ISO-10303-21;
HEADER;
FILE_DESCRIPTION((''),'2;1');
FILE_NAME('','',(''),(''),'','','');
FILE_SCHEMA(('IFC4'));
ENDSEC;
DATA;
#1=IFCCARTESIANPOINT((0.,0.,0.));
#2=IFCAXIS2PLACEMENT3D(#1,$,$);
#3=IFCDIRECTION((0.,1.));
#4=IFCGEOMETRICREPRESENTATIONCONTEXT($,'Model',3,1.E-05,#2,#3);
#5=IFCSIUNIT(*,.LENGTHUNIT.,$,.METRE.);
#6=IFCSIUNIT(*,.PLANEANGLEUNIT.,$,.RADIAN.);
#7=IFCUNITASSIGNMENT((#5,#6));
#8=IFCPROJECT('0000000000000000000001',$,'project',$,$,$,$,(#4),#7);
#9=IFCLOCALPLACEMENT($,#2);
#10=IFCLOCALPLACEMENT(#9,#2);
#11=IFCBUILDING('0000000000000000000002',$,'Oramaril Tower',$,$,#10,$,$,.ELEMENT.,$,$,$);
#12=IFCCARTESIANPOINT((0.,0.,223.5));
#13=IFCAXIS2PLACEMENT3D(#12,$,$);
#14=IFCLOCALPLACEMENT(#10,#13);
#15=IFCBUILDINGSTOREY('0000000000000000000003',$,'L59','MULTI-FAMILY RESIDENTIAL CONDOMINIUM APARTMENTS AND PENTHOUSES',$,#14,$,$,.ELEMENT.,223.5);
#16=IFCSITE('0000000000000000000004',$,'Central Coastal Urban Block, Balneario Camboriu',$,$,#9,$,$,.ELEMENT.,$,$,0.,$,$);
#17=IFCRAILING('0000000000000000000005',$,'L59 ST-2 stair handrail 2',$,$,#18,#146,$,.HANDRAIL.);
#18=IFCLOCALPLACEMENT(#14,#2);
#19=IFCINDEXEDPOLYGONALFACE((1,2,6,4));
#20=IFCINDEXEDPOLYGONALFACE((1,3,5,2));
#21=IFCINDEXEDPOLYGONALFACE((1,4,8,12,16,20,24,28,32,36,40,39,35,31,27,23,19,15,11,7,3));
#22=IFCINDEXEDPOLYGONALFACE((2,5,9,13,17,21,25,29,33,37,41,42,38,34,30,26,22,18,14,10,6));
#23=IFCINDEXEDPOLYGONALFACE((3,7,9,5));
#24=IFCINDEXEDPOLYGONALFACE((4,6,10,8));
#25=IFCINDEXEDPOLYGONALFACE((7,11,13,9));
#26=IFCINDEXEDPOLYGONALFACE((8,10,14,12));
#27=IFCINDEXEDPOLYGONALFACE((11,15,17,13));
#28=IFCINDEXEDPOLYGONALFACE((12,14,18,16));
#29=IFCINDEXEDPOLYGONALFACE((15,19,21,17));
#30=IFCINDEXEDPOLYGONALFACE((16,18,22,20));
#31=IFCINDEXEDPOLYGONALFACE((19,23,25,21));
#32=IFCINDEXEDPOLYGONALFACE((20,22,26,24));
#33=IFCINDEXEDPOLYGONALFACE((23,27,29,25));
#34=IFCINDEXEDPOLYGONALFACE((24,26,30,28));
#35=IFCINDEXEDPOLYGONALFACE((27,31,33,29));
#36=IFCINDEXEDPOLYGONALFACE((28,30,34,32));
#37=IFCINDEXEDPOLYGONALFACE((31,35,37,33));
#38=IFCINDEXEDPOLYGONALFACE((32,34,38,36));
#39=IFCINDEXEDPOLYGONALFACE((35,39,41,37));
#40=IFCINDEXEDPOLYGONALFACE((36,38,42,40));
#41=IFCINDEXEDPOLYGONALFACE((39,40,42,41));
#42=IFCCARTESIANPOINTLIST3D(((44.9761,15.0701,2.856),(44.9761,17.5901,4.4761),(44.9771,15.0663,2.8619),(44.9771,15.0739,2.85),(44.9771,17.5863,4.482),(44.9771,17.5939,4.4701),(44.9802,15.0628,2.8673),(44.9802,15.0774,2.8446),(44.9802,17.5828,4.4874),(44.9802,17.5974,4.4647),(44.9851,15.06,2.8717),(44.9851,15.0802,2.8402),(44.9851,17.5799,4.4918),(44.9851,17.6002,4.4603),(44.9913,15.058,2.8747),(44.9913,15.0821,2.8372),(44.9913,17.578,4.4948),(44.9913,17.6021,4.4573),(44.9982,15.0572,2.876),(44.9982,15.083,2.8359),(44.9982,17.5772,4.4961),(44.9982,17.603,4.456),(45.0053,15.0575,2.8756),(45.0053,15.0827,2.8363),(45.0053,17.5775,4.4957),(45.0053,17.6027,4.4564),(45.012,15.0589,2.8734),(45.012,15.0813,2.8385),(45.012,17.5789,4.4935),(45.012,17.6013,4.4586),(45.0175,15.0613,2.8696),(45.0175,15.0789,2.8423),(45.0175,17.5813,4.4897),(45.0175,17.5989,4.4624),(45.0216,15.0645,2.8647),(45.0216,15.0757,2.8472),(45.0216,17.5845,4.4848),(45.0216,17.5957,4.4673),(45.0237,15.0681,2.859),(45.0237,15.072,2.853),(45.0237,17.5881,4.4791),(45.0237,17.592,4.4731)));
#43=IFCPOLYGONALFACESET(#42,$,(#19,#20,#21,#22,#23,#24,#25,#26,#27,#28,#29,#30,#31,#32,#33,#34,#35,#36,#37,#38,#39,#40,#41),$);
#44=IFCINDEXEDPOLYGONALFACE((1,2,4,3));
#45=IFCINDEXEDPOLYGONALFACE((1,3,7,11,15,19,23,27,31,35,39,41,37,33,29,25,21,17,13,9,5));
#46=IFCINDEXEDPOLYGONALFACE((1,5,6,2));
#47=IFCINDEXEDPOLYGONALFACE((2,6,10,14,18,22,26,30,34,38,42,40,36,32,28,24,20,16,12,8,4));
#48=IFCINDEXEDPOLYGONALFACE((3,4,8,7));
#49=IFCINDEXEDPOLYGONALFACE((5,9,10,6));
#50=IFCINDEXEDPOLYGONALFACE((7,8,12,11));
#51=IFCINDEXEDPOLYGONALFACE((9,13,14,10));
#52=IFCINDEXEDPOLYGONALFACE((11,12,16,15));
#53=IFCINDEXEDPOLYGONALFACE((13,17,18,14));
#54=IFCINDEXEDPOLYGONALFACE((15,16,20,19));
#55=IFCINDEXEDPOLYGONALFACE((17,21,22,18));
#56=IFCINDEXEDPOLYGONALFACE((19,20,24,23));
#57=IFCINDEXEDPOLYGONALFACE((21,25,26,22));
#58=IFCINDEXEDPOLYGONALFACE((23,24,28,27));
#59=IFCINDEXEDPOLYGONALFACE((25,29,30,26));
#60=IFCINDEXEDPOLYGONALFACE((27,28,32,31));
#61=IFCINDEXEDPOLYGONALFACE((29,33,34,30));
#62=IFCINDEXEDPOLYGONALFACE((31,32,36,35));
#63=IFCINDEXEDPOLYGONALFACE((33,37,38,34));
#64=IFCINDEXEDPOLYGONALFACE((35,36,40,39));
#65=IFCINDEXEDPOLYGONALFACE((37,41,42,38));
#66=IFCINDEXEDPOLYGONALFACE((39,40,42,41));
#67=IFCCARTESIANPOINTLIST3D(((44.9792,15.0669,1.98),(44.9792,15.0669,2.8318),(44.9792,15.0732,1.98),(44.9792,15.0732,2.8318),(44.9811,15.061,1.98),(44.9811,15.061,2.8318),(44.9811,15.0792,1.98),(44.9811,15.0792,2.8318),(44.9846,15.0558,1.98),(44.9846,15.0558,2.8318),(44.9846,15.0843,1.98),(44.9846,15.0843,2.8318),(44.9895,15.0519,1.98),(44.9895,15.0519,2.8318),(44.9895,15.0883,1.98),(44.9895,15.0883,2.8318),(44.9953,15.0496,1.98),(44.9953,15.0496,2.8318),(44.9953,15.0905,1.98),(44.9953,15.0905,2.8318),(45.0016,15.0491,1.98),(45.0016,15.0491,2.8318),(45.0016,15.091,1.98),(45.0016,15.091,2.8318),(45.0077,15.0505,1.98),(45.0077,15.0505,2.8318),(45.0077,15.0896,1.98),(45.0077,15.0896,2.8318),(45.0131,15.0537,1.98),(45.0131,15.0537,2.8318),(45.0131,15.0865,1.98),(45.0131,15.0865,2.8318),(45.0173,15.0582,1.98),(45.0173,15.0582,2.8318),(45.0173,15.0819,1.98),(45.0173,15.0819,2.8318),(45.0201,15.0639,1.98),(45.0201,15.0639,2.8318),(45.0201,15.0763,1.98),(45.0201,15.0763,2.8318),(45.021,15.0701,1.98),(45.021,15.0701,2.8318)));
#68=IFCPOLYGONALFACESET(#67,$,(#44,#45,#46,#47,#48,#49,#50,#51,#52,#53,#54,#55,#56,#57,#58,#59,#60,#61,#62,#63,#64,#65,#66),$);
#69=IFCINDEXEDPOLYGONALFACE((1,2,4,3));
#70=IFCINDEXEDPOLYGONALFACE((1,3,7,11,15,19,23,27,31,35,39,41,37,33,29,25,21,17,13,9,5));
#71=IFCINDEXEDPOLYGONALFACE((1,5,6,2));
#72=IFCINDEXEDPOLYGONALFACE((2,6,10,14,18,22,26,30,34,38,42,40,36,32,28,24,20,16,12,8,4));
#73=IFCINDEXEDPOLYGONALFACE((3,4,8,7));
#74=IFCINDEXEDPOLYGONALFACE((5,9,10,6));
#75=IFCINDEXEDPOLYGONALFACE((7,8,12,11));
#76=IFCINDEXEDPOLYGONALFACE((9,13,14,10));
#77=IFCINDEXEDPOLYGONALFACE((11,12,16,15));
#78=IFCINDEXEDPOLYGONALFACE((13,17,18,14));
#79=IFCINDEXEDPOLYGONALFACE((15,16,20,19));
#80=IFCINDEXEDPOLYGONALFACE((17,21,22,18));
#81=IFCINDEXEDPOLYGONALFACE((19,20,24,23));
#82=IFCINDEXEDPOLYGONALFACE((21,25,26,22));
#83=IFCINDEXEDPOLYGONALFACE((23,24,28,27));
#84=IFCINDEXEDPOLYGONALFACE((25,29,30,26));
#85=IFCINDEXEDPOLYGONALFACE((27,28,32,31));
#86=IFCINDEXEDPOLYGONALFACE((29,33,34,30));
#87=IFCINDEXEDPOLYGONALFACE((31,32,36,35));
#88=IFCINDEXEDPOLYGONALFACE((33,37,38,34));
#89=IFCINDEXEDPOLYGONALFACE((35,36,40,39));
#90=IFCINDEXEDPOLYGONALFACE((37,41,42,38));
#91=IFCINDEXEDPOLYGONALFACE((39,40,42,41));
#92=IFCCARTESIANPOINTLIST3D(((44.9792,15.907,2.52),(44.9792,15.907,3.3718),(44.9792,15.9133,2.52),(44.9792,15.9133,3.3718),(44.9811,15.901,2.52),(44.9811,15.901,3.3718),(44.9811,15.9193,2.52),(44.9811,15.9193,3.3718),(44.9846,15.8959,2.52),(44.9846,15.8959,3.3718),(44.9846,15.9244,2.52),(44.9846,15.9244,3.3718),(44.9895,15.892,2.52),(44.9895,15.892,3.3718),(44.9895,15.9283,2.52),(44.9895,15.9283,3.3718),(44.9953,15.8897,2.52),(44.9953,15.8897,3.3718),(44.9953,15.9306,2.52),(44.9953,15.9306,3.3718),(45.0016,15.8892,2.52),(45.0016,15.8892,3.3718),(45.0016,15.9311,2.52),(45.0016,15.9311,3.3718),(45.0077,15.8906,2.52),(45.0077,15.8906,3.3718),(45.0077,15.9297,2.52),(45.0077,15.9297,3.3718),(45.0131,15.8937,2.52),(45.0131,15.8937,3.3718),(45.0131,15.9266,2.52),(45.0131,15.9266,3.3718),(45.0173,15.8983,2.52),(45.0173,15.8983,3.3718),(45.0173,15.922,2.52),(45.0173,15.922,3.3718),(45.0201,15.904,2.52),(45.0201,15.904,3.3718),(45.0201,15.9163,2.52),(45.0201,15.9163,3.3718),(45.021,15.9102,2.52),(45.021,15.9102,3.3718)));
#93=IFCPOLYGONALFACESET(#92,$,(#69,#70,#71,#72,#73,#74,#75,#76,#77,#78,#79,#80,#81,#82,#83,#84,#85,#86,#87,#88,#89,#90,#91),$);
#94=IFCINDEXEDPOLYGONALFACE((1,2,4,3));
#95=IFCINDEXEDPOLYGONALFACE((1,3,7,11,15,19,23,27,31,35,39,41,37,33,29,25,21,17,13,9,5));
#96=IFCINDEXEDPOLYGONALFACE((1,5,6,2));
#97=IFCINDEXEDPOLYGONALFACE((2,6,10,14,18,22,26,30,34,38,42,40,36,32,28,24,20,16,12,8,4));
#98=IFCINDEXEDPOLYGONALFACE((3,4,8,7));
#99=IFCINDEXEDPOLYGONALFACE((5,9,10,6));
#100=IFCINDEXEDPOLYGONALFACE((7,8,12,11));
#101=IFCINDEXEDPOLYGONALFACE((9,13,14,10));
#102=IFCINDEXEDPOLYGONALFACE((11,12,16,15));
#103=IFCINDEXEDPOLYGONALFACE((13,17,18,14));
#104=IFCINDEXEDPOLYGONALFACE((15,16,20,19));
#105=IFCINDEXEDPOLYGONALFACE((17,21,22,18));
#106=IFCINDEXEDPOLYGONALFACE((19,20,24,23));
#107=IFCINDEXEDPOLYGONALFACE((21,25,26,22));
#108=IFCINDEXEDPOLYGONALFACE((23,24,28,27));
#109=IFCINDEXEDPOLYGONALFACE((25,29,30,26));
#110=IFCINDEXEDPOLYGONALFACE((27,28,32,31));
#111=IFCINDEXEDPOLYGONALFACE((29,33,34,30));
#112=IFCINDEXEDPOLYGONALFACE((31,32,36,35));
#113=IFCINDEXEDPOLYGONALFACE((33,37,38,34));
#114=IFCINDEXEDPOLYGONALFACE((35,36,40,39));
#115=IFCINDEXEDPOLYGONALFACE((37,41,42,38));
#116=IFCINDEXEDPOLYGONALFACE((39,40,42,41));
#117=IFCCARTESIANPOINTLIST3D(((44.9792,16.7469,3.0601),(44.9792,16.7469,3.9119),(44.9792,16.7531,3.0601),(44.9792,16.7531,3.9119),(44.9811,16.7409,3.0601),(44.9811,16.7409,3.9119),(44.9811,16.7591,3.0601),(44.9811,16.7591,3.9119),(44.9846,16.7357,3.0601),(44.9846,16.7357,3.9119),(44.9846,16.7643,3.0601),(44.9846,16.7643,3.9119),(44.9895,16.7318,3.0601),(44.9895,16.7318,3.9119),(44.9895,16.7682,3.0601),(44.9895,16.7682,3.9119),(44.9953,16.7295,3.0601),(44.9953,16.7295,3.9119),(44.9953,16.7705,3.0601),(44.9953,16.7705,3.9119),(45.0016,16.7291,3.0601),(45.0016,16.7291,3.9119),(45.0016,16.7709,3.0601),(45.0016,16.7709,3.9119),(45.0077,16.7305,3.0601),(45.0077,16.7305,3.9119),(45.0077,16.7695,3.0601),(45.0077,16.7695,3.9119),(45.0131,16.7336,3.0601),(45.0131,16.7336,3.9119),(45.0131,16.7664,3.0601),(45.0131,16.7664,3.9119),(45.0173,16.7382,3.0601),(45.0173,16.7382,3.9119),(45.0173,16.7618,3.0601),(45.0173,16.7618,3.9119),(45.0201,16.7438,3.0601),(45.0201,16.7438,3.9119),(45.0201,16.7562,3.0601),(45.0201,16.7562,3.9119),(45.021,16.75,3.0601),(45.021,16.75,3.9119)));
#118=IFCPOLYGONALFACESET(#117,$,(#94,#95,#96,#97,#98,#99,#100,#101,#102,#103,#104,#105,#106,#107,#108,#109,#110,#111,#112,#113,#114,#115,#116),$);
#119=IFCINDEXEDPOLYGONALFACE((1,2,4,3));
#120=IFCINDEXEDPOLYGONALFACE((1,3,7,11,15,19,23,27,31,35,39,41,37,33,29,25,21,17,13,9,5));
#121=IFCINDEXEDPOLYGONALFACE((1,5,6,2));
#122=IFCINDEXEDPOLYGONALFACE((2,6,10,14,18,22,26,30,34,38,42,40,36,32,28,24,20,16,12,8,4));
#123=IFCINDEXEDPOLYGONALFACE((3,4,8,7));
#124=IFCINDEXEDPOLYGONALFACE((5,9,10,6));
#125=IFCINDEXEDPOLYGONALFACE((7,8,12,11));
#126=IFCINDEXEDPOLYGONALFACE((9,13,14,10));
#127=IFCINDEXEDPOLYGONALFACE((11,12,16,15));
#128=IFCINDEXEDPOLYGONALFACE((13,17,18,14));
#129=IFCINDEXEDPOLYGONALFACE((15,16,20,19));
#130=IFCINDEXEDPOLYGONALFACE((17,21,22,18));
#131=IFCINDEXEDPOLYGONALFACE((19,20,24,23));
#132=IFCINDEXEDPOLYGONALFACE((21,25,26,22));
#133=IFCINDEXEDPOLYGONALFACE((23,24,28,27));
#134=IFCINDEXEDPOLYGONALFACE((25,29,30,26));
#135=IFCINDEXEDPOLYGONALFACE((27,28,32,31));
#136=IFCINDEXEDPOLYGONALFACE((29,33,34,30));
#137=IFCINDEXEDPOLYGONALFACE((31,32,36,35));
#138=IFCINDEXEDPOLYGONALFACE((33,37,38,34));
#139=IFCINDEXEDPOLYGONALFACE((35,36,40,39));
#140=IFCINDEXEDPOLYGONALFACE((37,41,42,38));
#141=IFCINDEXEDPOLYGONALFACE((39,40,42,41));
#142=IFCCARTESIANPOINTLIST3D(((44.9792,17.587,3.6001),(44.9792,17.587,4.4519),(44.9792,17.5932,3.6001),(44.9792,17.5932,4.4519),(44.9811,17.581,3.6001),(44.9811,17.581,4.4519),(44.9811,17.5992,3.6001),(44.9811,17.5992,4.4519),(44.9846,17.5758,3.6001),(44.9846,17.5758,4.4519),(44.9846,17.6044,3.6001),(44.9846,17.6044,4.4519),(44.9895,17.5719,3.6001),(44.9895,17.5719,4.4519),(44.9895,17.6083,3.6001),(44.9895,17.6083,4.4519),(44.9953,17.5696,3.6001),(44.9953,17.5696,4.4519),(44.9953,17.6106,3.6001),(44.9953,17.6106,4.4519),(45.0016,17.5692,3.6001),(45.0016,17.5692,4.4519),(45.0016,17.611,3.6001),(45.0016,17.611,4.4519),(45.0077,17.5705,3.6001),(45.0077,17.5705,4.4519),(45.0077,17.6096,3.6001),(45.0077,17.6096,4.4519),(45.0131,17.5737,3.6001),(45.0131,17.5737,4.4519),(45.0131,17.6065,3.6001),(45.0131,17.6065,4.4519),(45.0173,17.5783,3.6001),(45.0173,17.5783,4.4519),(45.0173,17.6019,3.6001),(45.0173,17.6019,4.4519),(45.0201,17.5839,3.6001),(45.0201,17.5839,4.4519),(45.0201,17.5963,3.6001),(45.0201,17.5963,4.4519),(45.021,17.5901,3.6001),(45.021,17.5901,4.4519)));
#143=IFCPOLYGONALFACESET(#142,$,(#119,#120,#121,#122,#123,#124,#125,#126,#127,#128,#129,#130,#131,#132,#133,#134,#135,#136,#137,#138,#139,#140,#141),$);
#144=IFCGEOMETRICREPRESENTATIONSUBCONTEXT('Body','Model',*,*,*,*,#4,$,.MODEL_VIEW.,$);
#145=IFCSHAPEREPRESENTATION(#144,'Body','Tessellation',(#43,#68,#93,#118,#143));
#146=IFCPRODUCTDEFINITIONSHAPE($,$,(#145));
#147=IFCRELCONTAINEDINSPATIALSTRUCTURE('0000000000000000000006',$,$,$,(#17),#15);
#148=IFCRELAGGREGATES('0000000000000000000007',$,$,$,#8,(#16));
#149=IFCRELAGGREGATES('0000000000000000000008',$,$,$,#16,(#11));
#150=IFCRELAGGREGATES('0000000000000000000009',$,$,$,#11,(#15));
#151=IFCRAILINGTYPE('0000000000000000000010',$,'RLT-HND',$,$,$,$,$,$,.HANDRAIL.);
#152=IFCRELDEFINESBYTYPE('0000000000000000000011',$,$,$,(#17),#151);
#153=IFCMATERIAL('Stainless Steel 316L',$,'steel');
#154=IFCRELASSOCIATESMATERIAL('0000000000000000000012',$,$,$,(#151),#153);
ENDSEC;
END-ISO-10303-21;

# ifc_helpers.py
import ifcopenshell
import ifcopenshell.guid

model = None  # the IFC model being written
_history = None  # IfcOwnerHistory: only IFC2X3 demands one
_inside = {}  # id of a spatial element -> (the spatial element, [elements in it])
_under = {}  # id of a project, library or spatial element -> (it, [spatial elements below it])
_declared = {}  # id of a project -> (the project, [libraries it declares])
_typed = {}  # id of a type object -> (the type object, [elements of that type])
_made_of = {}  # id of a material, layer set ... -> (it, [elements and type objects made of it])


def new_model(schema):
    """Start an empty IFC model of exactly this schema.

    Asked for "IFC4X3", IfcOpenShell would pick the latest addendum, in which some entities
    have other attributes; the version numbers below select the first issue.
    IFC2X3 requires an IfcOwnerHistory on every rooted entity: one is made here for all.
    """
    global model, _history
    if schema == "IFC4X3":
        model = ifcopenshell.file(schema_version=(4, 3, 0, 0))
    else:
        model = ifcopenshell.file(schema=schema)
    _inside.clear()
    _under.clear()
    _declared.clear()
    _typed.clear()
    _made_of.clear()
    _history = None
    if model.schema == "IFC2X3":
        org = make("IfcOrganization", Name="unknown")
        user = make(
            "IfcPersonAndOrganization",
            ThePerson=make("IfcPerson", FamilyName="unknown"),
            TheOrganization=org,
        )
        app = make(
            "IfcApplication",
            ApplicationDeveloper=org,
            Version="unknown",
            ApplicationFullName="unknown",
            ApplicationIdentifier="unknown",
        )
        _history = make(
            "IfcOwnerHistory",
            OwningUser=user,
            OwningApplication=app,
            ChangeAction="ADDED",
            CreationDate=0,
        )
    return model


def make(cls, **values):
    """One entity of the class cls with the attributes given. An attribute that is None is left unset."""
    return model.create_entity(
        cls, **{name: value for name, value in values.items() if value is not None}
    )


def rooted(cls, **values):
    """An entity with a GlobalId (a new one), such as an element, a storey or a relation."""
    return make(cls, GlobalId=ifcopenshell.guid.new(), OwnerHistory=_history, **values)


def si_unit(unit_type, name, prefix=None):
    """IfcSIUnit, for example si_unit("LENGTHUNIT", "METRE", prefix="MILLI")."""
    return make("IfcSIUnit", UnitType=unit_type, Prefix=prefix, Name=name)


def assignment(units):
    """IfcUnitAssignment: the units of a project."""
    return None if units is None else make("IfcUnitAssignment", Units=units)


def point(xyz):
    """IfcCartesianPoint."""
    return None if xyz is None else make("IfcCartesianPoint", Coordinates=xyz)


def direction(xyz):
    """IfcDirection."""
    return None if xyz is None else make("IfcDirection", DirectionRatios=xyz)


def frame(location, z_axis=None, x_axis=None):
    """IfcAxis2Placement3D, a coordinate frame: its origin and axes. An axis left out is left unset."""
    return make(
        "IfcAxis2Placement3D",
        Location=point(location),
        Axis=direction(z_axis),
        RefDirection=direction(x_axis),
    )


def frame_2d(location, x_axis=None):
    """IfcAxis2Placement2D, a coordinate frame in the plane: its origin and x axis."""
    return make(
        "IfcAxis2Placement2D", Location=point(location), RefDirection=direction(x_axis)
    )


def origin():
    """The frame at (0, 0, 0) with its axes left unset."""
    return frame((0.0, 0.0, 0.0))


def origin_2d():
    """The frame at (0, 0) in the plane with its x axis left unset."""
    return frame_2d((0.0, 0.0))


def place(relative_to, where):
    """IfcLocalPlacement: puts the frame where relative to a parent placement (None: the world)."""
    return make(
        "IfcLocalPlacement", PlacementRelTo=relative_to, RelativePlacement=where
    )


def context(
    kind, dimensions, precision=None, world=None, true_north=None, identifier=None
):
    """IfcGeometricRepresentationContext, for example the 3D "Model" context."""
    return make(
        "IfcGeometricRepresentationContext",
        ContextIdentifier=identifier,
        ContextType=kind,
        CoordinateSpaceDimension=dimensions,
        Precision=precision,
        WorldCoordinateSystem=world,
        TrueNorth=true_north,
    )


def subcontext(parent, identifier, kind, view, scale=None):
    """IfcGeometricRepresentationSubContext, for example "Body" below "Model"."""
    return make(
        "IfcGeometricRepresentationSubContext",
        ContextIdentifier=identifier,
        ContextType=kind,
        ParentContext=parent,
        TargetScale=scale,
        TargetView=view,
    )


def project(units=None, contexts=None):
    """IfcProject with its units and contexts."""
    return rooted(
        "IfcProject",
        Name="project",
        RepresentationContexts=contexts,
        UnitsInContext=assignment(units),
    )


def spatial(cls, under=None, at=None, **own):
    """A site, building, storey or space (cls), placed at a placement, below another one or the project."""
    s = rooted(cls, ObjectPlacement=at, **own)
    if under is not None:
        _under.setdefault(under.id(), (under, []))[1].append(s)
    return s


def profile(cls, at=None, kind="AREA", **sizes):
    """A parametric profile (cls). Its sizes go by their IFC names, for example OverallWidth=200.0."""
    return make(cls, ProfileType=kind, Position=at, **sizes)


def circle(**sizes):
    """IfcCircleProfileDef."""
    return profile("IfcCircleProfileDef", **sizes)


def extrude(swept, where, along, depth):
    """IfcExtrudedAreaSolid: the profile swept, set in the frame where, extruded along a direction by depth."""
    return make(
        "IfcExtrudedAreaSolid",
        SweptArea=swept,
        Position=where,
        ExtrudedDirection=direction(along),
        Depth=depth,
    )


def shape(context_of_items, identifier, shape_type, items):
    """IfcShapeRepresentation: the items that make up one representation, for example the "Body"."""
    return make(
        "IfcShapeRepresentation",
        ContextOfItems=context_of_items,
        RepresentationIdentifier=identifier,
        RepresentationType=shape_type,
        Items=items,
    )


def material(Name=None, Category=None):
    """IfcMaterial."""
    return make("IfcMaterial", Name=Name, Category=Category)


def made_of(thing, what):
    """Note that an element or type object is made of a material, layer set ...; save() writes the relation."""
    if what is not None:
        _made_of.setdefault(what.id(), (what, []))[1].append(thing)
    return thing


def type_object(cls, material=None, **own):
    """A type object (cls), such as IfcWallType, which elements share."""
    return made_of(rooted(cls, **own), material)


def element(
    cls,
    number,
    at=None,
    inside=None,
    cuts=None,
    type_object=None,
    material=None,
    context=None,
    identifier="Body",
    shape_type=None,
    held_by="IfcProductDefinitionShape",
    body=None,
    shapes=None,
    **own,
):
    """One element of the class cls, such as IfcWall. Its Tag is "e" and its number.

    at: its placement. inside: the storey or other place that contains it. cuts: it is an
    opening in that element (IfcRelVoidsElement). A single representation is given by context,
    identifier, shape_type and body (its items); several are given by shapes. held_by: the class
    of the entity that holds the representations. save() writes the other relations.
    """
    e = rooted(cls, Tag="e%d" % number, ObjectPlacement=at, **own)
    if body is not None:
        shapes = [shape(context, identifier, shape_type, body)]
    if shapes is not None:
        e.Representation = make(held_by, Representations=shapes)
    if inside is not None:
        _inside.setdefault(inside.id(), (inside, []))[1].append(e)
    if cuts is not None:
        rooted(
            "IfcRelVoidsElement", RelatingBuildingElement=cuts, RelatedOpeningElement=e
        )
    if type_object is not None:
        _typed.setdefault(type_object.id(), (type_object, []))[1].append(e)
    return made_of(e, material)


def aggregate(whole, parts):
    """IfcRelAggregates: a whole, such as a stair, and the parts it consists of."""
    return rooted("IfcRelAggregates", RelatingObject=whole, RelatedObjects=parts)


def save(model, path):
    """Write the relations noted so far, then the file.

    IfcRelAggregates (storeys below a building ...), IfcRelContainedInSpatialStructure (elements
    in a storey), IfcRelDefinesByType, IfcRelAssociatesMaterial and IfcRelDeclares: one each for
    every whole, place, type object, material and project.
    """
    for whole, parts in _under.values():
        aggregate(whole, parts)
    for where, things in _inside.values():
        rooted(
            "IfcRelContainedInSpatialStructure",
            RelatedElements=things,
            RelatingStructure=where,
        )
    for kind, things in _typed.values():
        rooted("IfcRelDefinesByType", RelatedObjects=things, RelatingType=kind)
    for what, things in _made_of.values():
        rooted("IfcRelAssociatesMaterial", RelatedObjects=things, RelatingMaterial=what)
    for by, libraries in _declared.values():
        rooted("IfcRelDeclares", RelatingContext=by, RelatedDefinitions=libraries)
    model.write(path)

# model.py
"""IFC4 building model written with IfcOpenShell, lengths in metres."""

from ifc_helpers import new_model, si_unit, direction, frame, origin, origin_2d, place, context, subcontext, project, spatial, circle, extrude, material, type_object, element, save


model = new_model("IFC4")

# Units and contexts
model_context = context("Model", 3, precision=1e-05, world=origin(), true_north=direction((0.0, 1.0)))
body_context = subcontext(model_context, "Body", "Model", "MODEL_VIEW")
ifc_project = project(units=[si_unit("LENGTHUNIT", "METRE"), si_unit("PLANEANGLEUNIT", "RADIAN")], contexts=[model_context])

# Site, building, storey
site_placement = place(None, origin())
site = spatial("IfcSite", under=ifc_project, at=site_placement, Name="Central Coastal Urban Block, Balneario Camboriu", CompositionType="ELEMENT", RefElevation=0.0)
building_placement = place(site_placement, origin())
building = spatial("IfcBuilding", under=site, at=building_placement, Name="Oramaril Tower", CompositionType="ELEMENT")
storey_placement = place(building_placement, frame((0.0, 0.0, 223.5)))
storey = spatial("IfcBuildingStorey", under=building, at=storey_placement, Name="L59", Description="MULTI-FAMILY RESIDENTIAL CONDOMINIUM APARTMENTS AND PENTHOUSES", CompositionType="ELEMENT", Elevation=223.5)

# Railing
ifc_material_1 = material(Name="Stainless Steel 316L", Category="steel")
railing_type_1 = type_object("IfcRailingType", Name="RLT-HND", PredefinedType="HANDRAIL", material=ifc_material_1)
for number, where, name in (
    (1, (45.0, 15.0701, 1.98), "L59 ST-2 stair handrail 2"),
):
    element("IfcRailing", number, at=place(storey_placement, frame(where)), inside=storey, type_object=railing_type_1, Name=name, PredefinedType="HANDRAIL", context=body_context, shape_type="SweptSolid", body=[
        extrude(circle(Radius=0.0239, at=origin_2d()), frame((0.0, 0.0, 0.876), z_axis=(0.0, 0.841163, 0.540782), x_axis=(-1.0, 0.0, 0.0)), (0.0, 0.0, 1.0), 2.9958),
        extrude(circle(Radius=0.021, at=origin_2d()), origin(), (0.0, 0.0, 1.0), 0.8518),
        extrude(circle(Radius=0.021, at=origin_2d()), frame((0.0, 0.8401, 0.54)), (0.0, 0.0, 1.0), 0.8518),
        extrude(circle(Radius=0.021, at=origin_2d()), frame((0.0, 1.6799, 1.0801)), (0.0, 0.0, 1.0), 0.8518),
        extrude(circle(Radius=0.021, at=origin_2d()), frame((0.0, 2.52, 1.6201)), (0.0, 0.0, 1.0), 0.8518),
    ])

save(model, "model.ifc")
